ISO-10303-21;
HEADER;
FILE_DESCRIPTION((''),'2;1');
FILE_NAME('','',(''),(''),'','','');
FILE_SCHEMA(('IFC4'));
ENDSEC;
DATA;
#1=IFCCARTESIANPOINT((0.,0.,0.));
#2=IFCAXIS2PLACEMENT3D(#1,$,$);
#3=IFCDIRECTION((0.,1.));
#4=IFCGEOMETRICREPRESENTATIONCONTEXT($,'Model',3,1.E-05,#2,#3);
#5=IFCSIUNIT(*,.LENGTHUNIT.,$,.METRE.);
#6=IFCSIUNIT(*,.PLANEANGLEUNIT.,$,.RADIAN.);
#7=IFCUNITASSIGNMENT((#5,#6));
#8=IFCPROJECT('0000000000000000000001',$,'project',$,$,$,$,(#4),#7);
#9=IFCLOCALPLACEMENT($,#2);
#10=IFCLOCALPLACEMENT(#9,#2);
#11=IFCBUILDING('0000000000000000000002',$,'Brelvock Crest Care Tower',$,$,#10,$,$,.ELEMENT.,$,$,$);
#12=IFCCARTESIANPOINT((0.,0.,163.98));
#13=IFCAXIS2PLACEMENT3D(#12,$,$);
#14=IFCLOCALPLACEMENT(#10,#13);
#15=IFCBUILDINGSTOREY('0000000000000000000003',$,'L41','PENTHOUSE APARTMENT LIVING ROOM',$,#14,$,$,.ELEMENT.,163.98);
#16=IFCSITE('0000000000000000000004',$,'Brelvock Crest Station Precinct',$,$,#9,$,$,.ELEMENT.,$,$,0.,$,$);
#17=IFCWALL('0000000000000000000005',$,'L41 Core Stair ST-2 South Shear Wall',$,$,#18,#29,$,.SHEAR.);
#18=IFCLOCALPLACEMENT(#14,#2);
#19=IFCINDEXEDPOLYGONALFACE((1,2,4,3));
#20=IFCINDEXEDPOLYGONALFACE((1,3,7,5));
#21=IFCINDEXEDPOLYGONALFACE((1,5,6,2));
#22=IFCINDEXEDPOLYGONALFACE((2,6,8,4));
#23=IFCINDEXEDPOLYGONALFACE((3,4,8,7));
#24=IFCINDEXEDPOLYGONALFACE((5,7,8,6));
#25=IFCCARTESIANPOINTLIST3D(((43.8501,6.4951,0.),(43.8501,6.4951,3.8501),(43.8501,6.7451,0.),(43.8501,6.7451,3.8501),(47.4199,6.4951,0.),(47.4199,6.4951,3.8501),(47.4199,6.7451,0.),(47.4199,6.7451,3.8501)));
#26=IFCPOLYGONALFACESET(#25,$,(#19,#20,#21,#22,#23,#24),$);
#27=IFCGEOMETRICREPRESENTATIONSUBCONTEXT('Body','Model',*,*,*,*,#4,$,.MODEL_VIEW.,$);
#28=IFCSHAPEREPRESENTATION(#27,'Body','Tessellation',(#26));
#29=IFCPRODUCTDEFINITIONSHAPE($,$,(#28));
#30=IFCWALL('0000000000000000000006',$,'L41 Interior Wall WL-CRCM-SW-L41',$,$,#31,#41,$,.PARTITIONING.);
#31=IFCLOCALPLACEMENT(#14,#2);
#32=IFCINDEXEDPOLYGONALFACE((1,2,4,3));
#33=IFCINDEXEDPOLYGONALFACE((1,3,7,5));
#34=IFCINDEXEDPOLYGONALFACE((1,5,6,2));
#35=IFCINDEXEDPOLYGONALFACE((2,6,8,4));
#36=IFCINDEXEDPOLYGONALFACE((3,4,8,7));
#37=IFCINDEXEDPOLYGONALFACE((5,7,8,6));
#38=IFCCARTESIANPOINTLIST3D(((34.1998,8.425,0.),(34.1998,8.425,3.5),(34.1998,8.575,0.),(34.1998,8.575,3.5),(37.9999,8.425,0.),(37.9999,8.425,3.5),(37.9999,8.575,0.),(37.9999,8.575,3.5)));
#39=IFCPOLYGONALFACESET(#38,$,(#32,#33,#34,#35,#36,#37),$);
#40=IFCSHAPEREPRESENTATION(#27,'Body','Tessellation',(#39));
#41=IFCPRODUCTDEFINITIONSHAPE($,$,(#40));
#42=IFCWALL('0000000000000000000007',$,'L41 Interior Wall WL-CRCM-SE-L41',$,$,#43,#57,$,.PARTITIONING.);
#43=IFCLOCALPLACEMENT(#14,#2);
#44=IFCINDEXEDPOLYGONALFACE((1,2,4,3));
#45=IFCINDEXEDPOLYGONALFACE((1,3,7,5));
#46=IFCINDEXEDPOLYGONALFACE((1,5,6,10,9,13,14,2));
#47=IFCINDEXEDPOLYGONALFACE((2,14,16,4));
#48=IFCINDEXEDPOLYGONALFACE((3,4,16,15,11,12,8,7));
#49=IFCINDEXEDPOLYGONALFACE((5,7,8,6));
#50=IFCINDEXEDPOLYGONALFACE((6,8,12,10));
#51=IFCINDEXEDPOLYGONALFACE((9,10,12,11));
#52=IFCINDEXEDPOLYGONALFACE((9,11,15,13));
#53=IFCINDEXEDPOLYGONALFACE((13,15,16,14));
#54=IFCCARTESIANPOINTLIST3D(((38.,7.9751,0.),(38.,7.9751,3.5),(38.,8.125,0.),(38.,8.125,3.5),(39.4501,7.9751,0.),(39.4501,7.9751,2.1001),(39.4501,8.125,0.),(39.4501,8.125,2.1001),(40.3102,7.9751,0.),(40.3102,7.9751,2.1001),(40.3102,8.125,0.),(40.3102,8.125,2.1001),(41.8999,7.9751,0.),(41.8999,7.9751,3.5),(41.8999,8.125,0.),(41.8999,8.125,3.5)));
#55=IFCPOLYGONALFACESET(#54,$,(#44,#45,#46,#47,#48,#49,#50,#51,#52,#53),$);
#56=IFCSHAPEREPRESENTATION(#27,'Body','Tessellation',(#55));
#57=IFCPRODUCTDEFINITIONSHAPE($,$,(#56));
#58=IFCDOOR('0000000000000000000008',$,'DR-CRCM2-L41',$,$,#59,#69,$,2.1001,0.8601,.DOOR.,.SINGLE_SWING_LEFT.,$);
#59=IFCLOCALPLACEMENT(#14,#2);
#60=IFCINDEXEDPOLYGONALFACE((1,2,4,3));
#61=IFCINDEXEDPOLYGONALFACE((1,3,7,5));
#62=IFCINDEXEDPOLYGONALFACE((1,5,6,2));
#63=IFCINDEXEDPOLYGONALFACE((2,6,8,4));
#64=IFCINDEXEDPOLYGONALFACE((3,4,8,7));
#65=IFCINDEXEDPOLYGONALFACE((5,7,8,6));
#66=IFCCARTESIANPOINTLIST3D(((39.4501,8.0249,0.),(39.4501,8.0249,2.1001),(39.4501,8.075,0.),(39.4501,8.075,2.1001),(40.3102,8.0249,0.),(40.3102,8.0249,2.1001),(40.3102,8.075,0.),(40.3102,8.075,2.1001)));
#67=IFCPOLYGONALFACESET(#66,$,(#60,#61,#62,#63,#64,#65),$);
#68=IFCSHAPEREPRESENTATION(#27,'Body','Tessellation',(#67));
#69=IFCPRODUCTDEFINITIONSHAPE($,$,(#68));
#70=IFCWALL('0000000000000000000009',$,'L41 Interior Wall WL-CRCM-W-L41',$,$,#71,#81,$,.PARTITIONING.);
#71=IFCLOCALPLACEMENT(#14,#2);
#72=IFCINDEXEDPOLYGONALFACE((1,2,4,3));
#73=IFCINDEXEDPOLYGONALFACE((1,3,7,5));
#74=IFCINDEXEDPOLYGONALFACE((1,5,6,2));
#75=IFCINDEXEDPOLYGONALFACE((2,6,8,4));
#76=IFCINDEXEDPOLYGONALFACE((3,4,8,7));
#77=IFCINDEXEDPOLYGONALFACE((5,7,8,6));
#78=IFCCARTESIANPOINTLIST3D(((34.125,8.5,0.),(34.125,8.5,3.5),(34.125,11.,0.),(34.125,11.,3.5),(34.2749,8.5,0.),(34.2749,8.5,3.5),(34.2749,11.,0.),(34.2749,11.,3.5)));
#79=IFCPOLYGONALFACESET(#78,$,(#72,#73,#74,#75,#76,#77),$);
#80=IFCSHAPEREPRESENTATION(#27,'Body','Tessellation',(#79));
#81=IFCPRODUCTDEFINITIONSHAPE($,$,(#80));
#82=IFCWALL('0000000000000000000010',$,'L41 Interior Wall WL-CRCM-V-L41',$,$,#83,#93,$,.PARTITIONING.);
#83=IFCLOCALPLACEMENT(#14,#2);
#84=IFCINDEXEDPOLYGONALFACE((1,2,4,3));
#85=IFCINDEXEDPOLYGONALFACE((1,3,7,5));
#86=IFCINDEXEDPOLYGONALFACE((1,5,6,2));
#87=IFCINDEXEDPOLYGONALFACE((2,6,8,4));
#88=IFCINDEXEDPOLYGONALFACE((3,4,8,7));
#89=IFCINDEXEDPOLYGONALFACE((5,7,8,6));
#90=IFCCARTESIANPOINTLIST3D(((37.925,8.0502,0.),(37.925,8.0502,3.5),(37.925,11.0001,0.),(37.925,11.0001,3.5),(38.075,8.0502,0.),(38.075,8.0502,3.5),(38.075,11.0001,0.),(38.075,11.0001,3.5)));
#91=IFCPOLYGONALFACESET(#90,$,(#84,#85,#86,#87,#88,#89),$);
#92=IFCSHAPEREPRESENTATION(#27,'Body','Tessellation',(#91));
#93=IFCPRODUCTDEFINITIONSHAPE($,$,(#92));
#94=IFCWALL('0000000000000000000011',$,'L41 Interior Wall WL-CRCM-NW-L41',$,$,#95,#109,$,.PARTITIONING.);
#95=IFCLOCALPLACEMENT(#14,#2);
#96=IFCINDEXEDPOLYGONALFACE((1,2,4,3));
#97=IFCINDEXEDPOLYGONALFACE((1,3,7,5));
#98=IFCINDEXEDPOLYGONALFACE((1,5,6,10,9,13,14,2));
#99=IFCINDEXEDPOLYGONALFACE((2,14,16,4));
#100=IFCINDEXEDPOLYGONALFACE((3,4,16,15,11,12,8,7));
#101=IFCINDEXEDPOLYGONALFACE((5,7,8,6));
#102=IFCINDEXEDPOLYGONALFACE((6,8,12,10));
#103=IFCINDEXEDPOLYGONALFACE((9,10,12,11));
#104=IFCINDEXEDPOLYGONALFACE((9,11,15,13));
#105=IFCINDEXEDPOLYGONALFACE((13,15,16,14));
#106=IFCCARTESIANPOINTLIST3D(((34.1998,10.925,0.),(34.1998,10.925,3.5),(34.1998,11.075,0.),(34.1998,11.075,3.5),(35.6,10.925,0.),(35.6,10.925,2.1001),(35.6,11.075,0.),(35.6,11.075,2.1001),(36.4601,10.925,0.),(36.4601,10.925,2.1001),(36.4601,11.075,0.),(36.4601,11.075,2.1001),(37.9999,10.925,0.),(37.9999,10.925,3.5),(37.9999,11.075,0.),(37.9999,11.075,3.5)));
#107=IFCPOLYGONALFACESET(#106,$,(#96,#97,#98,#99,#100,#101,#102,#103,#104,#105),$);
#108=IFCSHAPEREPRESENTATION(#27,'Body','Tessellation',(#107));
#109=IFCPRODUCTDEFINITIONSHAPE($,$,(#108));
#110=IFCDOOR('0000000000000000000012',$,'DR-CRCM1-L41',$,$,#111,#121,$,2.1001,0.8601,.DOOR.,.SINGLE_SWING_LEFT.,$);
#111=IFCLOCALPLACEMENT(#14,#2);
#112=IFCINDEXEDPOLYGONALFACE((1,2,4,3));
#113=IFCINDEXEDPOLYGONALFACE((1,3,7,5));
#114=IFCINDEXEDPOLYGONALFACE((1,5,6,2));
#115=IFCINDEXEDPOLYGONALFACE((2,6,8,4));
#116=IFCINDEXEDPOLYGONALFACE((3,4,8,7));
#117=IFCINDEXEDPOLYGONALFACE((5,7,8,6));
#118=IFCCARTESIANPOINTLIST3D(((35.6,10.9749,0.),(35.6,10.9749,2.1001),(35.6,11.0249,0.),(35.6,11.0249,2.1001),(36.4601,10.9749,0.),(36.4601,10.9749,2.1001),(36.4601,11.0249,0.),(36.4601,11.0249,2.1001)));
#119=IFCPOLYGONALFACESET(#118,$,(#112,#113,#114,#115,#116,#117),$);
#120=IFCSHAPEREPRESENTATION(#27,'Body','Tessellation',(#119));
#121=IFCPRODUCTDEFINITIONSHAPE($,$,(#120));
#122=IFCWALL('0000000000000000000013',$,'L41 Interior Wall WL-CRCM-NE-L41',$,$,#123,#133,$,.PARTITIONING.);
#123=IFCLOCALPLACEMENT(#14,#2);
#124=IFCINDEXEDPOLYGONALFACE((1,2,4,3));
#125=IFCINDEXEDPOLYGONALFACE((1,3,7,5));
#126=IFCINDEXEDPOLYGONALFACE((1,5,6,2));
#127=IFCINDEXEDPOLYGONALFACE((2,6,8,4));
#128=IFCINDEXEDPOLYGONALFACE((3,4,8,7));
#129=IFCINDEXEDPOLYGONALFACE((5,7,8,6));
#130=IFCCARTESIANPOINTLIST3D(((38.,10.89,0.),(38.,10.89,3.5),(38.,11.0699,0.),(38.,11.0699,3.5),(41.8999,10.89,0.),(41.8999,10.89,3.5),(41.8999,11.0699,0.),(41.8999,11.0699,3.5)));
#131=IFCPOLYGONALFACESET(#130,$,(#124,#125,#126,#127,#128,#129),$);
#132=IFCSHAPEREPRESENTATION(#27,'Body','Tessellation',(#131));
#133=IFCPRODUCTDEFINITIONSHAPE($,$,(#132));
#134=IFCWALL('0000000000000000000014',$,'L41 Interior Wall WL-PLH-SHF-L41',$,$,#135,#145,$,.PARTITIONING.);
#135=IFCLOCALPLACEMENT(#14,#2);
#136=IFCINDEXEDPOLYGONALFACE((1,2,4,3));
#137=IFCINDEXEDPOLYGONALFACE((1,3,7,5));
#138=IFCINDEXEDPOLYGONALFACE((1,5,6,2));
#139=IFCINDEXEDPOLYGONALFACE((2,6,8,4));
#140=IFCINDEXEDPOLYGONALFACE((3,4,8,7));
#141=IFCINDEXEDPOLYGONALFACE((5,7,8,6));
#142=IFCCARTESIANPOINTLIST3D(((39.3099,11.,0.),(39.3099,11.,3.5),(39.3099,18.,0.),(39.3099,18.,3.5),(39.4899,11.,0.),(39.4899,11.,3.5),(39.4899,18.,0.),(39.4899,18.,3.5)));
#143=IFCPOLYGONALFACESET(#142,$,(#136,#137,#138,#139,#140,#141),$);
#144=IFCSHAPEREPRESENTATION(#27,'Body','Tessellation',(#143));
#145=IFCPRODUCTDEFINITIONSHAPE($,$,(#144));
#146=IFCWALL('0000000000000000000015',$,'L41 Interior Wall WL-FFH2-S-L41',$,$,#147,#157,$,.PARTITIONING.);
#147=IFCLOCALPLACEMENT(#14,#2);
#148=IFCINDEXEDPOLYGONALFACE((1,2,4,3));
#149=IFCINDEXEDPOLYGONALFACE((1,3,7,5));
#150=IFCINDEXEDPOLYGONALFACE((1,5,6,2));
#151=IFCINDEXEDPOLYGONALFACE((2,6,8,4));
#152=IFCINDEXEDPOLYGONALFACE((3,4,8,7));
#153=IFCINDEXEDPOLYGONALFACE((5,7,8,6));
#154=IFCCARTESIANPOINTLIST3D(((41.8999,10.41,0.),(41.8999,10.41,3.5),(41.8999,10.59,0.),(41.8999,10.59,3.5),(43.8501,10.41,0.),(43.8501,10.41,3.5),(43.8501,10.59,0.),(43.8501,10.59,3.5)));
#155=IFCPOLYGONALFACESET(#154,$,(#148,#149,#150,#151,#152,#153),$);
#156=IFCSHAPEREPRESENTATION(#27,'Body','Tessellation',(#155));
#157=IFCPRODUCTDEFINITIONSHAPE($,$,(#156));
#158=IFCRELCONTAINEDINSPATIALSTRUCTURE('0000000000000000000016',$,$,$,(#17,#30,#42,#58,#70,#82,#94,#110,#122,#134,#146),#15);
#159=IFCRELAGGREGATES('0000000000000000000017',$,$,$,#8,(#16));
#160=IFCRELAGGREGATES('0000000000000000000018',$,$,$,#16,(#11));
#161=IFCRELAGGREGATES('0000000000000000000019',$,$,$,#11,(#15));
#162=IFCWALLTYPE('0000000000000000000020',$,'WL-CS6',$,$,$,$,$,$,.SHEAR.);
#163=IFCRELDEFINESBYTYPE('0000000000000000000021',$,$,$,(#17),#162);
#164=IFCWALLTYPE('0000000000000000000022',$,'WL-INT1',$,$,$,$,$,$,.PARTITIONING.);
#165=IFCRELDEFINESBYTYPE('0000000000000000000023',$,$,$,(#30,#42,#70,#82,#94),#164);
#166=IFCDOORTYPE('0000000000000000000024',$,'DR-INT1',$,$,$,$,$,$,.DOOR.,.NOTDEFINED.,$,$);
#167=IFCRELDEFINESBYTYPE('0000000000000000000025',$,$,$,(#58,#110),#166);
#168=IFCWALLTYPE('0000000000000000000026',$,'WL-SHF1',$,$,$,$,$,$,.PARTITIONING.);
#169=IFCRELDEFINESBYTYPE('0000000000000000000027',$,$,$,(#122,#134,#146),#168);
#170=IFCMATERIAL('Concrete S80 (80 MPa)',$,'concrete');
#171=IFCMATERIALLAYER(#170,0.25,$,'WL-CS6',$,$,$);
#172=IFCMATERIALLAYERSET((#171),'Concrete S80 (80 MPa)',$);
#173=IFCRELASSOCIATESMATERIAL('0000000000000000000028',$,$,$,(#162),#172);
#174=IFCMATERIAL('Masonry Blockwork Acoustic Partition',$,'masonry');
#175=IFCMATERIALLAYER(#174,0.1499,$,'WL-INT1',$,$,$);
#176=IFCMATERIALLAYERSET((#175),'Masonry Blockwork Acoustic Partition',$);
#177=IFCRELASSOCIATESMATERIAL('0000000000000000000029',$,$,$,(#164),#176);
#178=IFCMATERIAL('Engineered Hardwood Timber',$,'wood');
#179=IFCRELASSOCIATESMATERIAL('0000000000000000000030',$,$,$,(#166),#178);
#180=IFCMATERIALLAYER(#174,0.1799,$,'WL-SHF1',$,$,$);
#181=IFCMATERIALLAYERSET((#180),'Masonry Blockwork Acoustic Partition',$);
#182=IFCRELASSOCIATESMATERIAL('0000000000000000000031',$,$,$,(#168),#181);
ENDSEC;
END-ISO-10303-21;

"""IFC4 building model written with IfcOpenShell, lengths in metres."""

from ifc_helpers import new_model, si_unit, direction, frame, frame_2d, origin, origin_2d, place, context, subcontext, project, spatial, rectangle, extrude, source, transform, mapped, material, layer, layer_set, type_object, element, fill, save


model = new_model("IFC4")

# Units and contexts
model_context = context("Model", 3, precision=1e-05, world=origin(), true_north=direction((0.0, 1.0)))
body_context = subcontext(model_context, "Body", "Model", "MODEL_VIEW")
ifc_project = project(units=[si_unit("LENGTHUNIT", "METRE"), si_unit("PLANEANGLEUNIT", "RADIAN")], contexts=[model_context])

# Site, building, storey
site_placement = place(None, origin())
site = spatial("IfcSite", under=ifc_project, at=site_placement, Name="Brelvock Crest Station Precinct", CompositionType="ELEMENT", RefElevation=0.0)
building_placement = place(site_placement, origin())
building = spatial("IfcBuilding", under=site, at=building_placement, Name="Brelvock Crest Care Tower", CompositionType="ELEMENT")
storey_placement = place(building_placement, frame((0.0, 0.0, 163.98)))
storey = spatial("IfcBuildingStorey", under=building, at=storey_placement, Name="L41", Description="PENTHOUSE APARTMENT LIVING ROOM", CompositionType="ELEMENT", Elevation=163.98)

# Walls
ifc_material_1 = material(Name="Concrete S80 (80 MPa)", Category="concrete")
ifc_layer_1 = layer(ifc_material_1, 0.25, Name="WL-CS6")
ifc_layer_set_1 = layer_set([ifc_layer_1], Name="Concrete S80 (80 MPa)")
wall_type_1 = type_object("IfcWallType", Name="WL-CS6", PredefinedType="SHEAR", material=ifc_layer_set_1)
wall_1_placement = place(storey_placement, frame((43.8501, 6.6201, 0.0), z_axis=(0.0, 0.0, 1.0), x_axis=(1.0, 0.0, 0.0)))
element("IfcWall", 1, at=wall_1_placement, inside=storey, type_object=wall_type_1, Name="L41 Core Stair ST-2 South Shear Wall", PredefinedType="SHEAR", context=body_context, shape_type="SweptSolid", body=[
    extrude(rectangle(XDim=3.5698, YDim=0.25, at=frame_2d((1.7849, 0.0))), origin(), (0.0, 0.0, 1.0), 3.8501),
])
ifc_material_2 = material(Name="Masonry Blockwork Acoustic Partition", Category="masonry")
ifc_layer_2 = layer(ifc_material_2, 0.1499, Name="WL-INT1")
ifc_layer_set_2 = layer_set([ifc_layer_2], Name="Masonry Blockwork Acoustic Partition")
wall_type_2 = type_object("IfcWallType", Name="WL-INT1", PredefinedType="PARTITIONING", material=ifc_layer_set_2)
wall_2_placement = place(storey_placement, frame((34.2, 8.5, 0.0), z_axis=(0.0, 0.0, 1.0), x_axis=(1.0, 0.0, 0.0)))
element("IfcWall", 2, at=wall_2_placement, inside=storey, type_object=wall_type_2, Name="L41 Interior Wall WL-CRCM-SW-L41", PredefinedType="PARTITIONING", context=body_context, shape_type="SweptSolid", body=[
    extrude(rectangle(XDim=3.8, YDim=0.1499, at=frame_2d((1.8999, 0.0))), origin(), (0.0, 0.0, 1.0), 3.5),
])

# Wall, opening, door
wall_3_placement = place(storey_placement, frame((38.0, 8.05, 0.0), z_axis=(0.0, 0.0, 1.0), x_axis=(1.0, 0.0, 0.0)))
wall_3 = element("IfcWall", 3, at=wall_3_placement, inside=storey, type_object=wall_type_2, Name="L41 Interior Wall WL-CRCM-SE-L41", PredefinedType="PARTITIONING", context=body_context, shape_type="SweptSolid", body=[
    extrude(rectangle(XDim=3.8999, YDim=0.1499, at=frame_2d((1.95, 0.0))), origin(), (0.0, 0.0, 1.0), 3.5),
])
opening_1_placement = place(wall_3_placement, frame((1.45, 0.0, 0.0)))
opening_1 = element("IfcOpeningElement", 4, at=opening_1_placement, cuts=wall_3, PredefinedType="OPENING", context=body_context, shape_type="SweptSolid", body=[
    extrude(rectangle(XDim=0.8601, YDim=2.1001, at=origin_2d()), frame((0.4302, 0.085, 1.05), z_axis=(0.0, -1.0, 0.0), x_axis=(1.0, 0.0, 0.0)), (0.0, 0.0, 1.0), 0.1699),
])
ifc_material_3 = material(Name="Engineered Hardwood Timber", Category="wood")
door_type = type_object("IfcDoorType", Name="DR-INT1", OperationType="NOTDEFINED", PredefinedType="DOOR", material=ifc_material_3)
shared_shape_1 = source(origin(), body_context, "Body", "SweptSolid", [
    extrude(rectangle(XDim=0.8601, YDim=2.1001, at=origin_2d()), frame((0.4302, 0.0249, 1.05), z_axis=(0.0, -1.0, 0.0), x_axis=(1.0, 0.0, 0.0)), (0.0, 0.0, 1.0), 0.05),
])
door_1_placement = place(opening_1_placement, origin())
door_1 = element("IfcDoor", 5, at=door_1_placement, inside=storey, type_object=door_type, Name="DR-CRCM2-L41", OperationType="SINGLE_SWING_LEFT", OverallHeight=2.1001, OverallWidth=0.8601, PredefinedType="DOOR", context=body_context, shape_type="MappedRepresentation", body=[
    mapped(shared_shape_1, transform((0.0, 0.0, 0.0), x_axis=(1.0, 0.0, 0.0), y_axis=(0.0, 1.0, 0.0), z_axis=(0.0, 0.0, 1.0), scale=1.0)),
])
fill(opening_1, door_1)

# Walls
wall_4_placement = place(storey_placement, frame((34.2, 8.5, 0.0), z_axis=(0.0, 0.0, 1.0), x_axis=(0.0, 1.0, 0.0)))
element("IfcWall", 6, at=wall_4_placement, inside=storey, type_object=wall_type_2, Name="L41 Interior Wall WL-CRCM-W-L41", PredefinedType="PARTITIONING", context=body_context, shape_type="SweptSolid", body=[
    extrude(rectangle(XDim=2.5, YDim=0.1499, at=frame_2d((1.25, 0.0))), origin(), (0.0, 0.0, 1.0), 3.5),
])
wall_5_placement = place(storey_placement, frame((38.0, 8.05, 0.0), z_axis=(0.0, 0.0, 1.0), x_axis=(0.0, 1.0, 0.0)))
element("IfcWall", 7, at=wall_5_placement, inside=storey, type_object=wall_type_2, Name="L41 Interior Wall WL-CRCM-V-L41", PredefinedType="PARTITIONING", context=body_context, shape_type="SweptSolid", body=[
    extrude(rectangle(XDim=2.95, YDim=0.1499, at=frame_2d((1.4751, 0.0))), origin(), (0.0, 0.0, 1.0), 3.5),
])

# Wall, opening, door
wall_6_placement = place(storey_placement, frame((34.2, 11.0, 0.0), z_axis=(0.0, 0.0, 1.0), x_axis=(1.0, 0.0, 0.0)))
wall_6 = element("IfcWall", 8, at=wall_6_placement, inside=storey, type_object=wall_type_2, Name="L41 Interior Wall WL-CRCM-NW-L41", PredefinedType="PARTITIONING", context=body_context, shape_type="SweptSolid", body=[
    extrude(rectangle(XDim=3.8, YDim=0.1499, at=frame_2d((1.8999, 0.0))), origin(), (0.0, 0.0, 1.0), 3.5),
])
opening_2_placement = place(wall_6_placement, frame((1.3999, 0.0, 0.0)))
opening_2 = element("IfcOpeningElement", 9, at=opening_2_placement, cuts=wall_6, PredefinedType="OPENING", context=body_context, shape_type="SweptSolid", body=[
    extrude(rectangle(XDim=0.8601, YDim=2.1001, at=origin_2d()), frame((0.4302, 0.085, 1.05), z_axis=(0.0, -1.0, 0.0), x_axis=(1.0, 0.0, 0.0)), (0.0, 0.0, 1.0), 0.1699),
])
door_2_placement = place(opening_2_placement, origin())
door_2 = element("IfcDoor", 10, at=door_2_placement, inside=storey, type_object=door_type, Name="DR-CRCM1-L41", OperationType="SINGLE_SWING_LEFT", OverallHeight=2.1001, OverallWidth=0.8601, PredefinedType="DOOR", context=body_context, shape_type="MappedRepresentation", body=[
    mapped(shared_shape_1, transform((0.0, 0.0, 0.0), x_axis=(1.0, 0.0, 0.0), y_axis=(0.0, 1.0, 0.0), z_axis=(0.0, 0.0, 1.0), scale=1.0)),
])
fill(opening_2, door_2)

# Walls
ifc_layer_3 = layer(ifc_material_2, 0.1799, Name="WL-SHF1")
ifc_layer_set_3 = layer_set([ifc_layer_3], Name="Masonry Blockwork Acoustic Partition")
wall_type_3 = type_object("IfcWallType", Name="WL-SHF1", PredefinedType="PARTITIONING", material=ifc_layer_set_3)
wall_7_placement = place(storey_placement, frame((38.0, 10.98, 0.0), z_axis=(0.0, 0.0, 1.0), x_axis=(1.0, 0.0, 0.0)))
element("IfcWall", 11, at=wall_7_placement, inside=storey, type_object=wall_type_3, Name="L41 Interior Wall WL-CRCM-NE-L41", PredefinedType="PARTITIONING", context=body_context, shape_type="SweptSolid", body=[
    extrude(rectangle(XDim=3.8999, YDim=0.1799, at=frame_2d((1.95, 0.0))), origin(), (0.0, 0.0, 1.0), 3.5),
])
wall_8_placement = place(storey_placement, frame((39.3999, 11.0, 0.0), z_axis=(0.0, 0.0, 1.0), x_axis=(0.0, 1.0, 0.0)))
element("IfcWall", 12, at=wall_8_placement, inside=storey, type_object=wall_type_3, Name="L41 Interior Wall WL-PLH-SHF-L41", PredefinedType="PARTITIONING", context=body_context, shape_type="SweptSolid", body=[
    extrude(rectangle(XDim=7.0, YDim=0.1799, at=frame_2d((3.5, 0.0))), origin(), (0.0, 0.0, 1.0), 3.5),
])
wall_9_placement = place(storey_placement, frame((41.8999, 10.5, 0.0), z_axis=(0.0, 0.0, 1.0), x_axis=(1.0, 0.0, 0.0)))
element("IfcWall", 13, at=wall_9_placement, inside=storey, type_object=wall_type_3, Name="L41 Interior Wall WL-FFH2-S-L41", PredefinedType="PARTITIONING", context=body_context, shape_type="SweptSolid", body=[
    extrude(rectangle(XDim=1.9502, YDim=0.1799, at=frame_2d((0.9751, 0.0))), origin(), (0.0, 0.0, 1.0), 3.5),
])

save(model, "model.ifc")
